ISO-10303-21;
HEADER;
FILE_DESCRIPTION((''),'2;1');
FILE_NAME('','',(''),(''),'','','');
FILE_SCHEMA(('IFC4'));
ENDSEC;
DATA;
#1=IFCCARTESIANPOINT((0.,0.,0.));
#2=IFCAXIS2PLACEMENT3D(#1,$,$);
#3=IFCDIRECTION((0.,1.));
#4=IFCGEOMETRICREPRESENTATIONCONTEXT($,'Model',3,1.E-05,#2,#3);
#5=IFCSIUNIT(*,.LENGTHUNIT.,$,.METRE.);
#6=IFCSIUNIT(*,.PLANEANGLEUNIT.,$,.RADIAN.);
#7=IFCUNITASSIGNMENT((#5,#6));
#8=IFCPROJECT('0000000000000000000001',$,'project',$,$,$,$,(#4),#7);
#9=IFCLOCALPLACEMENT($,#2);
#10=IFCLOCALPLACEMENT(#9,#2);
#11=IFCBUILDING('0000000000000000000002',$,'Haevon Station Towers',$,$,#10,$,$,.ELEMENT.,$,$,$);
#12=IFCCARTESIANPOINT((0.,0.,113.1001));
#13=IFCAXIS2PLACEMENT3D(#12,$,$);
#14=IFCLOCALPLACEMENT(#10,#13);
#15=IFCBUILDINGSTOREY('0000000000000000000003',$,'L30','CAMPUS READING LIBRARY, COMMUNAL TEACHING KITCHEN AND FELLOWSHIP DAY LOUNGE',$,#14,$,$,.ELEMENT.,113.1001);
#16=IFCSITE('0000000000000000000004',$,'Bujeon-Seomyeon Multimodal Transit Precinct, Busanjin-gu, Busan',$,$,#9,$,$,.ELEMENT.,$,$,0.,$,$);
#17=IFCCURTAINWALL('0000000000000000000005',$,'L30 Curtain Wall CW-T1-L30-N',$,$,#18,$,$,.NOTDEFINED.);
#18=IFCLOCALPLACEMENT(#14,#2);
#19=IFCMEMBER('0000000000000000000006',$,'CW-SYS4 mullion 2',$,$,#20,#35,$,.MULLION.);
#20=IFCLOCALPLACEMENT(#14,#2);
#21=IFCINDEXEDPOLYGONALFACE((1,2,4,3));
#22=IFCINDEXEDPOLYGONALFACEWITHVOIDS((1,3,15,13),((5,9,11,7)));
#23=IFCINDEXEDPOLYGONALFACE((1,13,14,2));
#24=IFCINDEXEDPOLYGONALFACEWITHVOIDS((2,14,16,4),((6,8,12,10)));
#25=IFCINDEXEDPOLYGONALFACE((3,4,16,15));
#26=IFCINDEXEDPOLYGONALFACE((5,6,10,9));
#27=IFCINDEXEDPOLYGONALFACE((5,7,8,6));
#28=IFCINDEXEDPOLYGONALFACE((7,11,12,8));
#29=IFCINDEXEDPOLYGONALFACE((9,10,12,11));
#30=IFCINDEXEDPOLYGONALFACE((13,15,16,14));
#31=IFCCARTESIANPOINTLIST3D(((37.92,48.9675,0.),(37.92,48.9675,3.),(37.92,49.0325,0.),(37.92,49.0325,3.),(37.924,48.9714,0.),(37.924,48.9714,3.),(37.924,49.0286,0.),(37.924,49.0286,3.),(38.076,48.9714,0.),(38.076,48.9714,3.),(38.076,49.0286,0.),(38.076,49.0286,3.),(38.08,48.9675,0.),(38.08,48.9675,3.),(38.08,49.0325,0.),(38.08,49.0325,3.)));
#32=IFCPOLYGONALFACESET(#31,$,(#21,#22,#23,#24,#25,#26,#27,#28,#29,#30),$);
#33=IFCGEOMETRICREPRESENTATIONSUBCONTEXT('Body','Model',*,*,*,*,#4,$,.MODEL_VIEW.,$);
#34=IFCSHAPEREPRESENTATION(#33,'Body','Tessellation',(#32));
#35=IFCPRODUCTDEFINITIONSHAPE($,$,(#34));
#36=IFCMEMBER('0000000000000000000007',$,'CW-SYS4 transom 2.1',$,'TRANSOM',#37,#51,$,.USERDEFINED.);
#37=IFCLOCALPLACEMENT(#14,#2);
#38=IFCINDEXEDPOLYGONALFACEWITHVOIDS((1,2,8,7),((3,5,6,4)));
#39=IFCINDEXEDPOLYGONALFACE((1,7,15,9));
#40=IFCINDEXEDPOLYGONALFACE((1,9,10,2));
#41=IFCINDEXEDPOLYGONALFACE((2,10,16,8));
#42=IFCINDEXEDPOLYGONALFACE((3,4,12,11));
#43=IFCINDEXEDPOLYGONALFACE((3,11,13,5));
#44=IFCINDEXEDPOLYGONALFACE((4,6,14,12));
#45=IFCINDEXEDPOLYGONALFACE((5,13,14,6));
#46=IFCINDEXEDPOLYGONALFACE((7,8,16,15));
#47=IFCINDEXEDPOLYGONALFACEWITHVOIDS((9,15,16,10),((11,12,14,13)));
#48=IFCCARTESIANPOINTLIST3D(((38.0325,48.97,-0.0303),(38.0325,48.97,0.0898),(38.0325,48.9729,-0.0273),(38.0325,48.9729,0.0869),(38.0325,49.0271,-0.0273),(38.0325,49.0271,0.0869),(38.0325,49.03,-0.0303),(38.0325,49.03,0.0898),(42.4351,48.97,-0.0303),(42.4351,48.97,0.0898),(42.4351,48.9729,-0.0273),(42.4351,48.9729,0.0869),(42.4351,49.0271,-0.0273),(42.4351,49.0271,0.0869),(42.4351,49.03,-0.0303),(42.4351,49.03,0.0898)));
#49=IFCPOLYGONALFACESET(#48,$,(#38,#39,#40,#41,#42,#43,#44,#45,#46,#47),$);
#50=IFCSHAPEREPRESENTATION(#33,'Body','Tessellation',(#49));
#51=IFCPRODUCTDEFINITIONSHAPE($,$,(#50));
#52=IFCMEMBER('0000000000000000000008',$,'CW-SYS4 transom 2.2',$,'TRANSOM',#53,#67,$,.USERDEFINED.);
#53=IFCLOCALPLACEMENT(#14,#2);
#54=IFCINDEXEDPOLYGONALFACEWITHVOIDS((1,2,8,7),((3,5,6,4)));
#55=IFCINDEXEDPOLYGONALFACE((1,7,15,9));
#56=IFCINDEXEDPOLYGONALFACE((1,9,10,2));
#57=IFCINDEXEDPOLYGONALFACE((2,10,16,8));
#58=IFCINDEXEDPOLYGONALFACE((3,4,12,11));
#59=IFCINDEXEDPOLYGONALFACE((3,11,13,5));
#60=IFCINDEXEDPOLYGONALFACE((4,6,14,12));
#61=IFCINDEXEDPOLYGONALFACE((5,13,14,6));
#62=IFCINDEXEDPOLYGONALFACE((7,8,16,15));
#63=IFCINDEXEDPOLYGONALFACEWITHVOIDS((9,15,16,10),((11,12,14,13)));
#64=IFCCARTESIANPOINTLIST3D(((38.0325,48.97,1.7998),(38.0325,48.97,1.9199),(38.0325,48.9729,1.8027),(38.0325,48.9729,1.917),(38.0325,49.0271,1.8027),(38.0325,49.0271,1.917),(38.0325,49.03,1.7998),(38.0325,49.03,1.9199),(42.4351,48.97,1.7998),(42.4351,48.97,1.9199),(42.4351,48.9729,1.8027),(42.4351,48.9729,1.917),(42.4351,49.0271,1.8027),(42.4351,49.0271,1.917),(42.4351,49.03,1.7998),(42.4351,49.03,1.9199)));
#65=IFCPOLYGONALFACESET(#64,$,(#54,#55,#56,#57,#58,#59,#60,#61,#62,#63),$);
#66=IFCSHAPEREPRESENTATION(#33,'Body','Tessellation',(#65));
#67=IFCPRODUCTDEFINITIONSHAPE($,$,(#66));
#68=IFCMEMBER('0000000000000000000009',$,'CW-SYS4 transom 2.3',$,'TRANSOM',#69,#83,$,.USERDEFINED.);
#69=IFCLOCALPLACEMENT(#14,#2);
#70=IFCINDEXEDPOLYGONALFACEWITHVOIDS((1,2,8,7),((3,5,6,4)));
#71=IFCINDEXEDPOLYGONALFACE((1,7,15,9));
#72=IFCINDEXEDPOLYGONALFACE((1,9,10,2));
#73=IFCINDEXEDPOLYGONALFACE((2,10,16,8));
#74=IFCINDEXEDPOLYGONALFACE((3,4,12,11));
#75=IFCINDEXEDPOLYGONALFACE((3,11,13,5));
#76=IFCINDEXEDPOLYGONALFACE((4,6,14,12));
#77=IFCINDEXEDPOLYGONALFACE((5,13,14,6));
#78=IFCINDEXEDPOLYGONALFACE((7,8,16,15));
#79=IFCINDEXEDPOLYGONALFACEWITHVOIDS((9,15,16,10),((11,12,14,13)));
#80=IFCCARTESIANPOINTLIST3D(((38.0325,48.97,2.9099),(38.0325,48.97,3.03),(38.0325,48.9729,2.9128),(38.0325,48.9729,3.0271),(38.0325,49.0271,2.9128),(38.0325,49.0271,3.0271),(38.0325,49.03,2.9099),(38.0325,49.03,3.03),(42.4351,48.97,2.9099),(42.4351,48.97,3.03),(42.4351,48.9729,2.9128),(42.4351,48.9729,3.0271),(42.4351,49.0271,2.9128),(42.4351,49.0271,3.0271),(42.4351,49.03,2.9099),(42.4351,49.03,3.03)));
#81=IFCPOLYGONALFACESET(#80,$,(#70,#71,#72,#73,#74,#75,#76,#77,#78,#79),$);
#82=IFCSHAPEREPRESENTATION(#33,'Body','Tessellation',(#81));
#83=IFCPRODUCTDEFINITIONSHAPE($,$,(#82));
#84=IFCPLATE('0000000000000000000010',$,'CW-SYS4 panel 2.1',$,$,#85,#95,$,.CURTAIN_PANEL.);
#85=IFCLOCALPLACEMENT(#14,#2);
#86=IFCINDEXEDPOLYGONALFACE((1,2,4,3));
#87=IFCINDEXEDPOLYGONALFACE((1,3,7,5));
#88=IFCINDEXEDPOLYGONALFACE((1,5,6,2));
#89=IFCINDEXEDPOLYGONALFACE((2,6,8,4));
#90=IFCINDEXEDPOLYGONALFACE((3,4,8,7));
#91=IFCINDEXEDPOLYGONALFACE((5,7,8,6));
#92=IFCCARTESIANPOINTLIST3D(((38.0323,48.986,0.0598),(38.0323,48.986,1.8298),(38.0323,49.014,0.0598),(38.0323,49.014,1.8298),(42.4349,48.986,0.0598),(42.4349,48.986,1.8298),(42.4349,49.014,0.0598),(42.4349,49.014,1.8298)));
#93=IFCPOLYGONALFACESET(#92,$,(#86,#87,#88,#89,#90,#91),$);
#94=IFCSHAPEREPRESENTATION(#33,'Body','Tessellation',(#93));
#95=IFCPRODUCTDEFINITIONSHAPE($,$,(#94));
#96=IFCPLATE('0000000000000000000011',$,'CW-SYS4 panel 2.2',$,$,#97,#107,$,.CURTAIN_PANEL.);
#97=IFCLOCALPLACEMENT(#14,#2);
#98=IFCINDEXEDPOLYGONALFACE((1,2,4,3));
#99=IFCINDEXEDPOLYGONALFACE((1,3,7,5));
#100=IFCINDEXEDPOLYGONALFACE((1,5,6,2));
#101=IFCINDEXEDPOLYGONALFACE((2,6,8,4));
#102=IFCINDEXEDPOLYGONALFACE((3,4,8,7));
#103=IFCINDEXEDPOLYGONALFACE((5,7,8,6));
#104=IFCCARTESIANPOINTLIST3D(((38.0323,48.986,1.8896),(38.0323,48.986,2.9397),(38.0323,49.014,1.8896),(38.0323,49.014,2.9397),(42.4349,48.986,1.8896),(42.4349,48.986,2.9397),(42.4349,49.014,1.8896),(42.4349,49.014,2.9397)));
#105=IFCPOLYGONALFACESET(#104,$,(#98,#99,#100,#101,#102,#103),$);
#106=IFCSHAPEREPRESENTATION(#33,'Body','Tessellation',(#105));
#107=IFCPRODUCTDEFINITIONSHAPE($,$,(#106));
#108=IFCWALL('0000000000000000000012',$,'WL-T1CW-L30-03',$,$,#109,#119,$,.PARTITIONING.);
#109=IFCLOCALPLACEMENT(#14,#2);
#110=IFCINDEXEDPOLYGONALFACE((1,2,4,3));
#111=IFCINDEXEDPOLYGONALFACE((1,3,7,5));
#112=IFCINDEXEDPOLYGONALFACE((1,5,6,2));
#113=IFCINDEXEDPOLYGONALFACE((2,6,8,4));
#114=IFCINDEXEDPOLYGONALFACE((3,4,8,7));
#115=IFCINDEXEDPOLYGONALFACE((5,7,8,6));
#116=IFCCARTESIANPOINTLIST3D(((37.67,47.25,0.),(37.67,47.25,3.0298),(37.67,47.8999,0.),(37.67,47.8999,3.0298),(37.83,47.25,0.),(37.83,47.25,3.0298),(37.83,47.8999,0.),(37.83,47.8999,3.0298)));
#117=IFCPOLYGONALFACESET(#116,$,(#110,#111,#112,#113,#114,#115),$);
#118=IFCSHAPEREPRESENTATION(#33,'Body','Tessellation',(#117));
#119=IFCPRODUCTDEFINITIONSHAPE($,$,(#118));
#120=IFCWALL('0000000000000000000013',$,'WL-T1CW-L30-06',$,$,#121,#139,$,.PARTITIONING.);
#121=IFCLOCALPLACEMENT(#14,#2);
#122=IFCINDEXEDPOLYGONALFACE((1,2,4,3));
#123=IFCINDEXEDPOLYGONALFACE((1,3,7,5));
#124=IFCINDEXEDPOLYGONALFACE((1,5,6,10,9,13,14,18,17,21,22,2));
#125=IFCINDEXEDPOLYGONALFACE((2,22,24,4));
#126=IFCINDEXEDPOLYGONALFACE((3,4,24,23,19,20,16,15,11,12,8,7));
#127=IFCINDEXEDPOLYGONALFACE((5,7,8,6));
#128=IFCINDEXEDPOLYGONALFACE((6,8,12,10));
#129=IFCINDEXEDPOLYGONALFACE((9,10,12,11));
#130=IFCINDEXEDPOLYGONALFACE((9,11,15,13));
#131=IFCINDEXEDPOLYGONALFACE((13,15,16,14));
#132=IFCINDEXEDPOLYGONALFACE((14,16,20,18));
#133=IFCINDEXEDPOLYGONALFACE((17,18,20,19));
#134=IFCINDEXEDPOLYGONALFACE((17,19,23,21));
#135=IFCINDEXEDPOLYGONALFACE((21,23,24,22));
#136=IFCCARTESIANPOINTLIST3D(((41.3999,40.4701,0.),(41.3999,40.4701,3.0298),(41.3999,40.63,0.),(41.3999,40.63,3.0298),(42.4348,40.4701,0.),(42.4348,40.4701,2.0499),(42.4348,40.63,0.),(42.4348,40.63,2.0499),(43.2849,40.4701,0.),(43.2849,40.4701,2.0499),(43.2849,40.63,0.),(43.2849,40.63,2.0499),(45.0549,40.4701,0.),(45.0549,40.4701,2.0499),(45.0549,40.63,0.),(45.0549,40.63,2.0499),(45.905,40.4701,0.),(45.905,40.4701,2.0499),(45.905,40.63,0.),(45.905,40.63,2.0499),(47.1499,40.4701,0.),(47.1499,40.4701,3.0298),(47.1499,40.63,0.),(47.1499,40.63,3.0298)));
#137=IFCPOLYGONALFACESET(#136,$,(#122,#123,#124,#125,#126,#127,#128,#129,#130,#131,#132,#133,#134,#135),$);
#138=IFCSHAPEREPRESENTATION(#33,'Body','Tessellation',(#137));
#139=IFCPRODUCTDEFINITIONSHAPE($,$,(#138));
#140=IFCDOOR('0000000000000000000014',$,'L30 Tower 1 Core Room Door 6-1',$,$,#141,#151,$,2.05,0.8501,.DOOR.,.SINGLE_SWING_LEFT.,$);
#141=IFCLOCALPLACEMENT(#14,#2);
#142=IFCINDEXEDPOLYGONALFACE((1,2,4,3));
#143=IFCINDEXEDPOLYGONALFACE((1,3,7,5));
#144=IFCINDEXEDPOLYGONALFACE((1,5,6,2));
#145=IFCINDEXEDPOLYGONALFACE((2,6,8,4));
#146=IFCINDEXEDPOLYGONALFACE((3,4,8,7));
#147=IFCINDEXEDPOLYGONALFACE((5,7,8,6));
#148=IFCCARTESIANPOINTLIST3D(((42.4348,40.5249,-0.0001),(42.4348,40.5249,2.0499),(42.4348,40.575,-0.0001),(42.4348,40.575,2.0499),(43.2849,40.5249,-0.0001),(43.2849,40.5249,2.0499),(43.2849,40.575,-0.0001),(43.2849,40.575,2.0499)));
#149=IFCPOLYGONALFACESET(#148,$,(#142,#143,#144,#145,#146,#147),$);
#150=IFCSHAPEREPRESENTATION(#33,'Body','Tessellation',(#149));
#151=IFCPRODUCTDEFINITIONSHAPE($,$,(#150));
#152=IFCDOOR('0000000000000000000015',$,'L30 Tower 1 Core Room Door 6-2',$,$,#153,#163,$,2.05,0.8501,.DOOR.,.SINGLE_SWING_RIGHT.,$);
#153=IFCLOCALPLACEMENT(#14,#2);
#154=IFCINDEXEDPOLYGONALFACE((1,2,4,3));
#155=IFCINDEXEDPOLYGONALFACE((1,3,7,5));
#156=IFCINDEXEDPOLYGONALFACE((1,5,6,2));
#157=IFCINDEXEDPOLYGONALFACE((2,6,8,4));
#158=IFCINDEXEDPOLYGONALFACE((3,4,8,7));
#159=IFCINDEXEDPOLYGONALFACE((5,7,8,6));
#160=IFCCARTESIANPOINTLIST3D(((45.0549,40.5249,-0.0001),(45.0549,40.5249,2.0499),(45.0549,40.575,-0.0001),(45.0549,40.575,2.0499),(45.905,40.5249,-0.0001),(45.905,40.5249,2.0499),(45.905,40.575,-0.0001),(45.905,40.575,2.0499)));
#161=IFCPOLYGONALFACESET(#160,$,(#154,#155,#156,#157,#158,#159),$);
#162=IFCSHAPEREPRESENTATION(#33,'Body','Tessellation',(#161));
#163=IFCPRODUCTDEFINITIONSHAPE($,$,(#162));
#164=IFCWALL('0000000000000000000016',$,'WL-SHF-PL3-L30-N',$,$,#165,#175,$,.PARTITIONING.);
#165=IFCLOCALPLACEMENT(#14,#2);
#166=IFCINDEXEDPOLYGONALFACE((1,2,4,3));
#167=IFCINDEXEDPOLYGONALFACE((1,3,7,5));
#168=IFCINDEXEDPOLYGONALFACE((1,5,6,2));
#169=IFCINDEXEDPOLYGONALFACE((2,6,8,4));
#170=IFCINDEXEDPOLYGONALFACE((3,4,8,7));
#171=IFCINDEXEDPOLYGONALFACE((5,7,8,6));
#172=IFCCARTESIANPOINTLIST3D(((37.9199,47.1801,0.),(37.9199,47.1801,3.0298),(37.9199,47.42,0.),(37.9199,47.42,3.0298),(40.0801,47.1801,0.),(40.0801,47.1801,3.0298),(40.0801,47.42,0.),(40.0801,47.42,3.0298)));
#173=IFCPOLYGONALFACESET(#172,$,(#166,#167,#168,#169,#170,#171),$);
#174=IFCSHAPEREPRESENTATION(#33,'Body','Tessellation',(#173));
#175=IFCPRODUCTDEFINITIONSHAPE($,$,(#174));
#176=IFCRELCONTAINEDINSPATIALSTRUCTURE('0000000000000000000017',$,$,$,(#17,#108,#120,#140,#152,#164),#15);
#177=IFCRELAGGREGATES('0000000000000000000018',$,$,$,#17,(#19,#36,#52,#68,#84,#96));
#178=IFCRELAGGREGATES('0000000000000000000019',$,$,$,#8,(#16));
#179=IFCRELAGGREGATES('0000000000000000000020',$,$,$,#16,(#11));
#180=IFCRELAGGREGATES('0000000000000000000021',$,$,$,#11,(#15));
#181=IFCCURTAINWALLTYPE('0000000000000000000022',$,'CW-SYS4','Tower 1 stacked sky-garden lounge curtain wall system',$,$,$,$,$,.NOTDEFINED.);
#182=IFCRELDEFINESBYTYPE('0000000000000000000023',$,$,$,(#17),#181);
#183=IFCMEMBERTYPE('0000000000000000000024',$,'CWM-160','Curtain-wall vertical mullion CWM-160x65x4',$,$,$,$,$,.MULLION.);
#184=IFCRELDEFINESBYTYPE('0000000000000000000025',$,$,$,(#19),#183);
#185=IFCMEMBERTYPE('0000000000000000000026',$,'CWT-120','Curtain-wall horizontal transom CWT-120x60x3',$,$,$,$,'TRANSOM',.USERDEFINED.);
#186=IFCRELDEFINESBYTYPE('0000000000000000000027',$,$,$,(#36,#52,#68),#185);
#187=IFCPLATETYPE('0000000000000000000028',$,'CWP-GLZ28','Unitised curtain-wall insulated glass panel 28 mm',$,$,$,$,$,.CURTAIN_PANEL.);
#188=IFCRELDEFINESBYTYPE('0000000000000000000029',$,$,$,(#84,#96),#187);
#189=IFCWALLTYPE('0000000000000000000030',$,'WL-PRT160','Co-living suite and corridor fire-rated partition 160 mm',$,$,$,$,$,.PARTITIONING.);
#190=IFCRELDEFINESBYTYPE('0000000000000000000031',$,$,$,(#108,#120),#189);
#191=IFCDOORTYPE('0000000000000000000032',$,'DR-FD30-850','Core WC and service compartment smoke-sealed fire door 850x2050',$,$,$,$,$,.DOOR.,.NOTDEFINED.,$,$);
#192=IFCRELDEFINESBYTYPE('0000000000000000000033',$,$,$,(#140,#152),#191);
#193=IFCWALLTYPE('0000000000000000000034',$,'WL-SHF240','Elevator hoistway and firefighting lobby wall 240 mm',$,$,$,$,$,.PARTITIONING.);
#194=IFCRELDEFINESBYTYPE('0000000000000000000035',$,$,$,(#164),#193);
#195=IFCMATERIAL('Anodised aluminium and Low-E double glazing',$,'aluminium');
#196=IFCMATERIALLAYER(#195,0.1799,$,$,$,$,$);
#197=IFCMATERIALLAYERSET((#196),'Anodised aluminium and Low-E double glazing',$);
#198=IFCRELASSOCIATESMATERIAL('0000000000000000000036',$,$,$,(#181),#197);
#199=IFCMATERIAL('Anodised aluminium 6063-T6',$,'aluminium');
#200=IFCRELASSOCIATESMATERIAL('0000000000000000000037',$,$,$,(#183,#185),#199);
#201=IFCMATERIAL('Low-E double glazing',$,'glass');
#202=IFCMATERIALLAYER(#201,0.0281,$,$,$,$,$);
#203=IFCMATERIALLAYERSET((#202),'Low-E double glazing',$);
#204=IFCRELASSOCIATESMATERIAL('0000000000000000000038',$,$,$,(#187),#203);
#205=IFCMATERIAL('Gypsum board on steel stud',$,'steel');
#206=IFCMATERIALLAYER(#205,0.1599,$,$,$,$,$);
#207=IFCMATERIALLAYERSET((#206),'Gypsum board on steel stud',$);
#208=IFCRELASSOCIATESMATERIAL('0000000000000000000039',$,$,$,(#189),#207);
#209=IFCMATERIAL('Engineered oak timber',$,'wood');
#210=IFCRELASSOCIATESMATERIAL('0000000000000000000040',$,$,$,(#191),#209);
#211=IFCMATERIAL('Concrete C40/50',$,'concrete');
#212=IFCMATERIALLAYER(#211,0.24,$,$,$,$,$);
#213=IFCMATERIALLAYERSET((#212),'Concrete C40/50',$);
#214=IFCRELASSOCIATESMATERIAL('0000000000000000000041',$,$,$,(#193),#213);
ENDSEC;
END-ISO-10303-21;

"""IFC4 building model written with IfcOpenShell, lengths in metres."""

from ifc_helpers import new_model, si_unit, direction, frame, frame_2d, origin, origin_2d, place, context, subcontext, project, spatial, rectangle, hollow_rectangle, extrude, material, layer, layer_set, material_profile, profile_set, type_object, element, fill, aggregate, save


model = new_model("IFC4")

# Units and contexts
model_context = context("Model", 3, precision=1e-05, world=origin(), true_north=direction((0.0, 1.0)))
body_context = subcontext(model_context, "Body", "Model", "MODEL_VIEW")
ifc_project = project(units=[si_unit("LENGTHUNIT", "METRE"), si_unit("PLANEANGLEUNIT", "RADIAN")], contexts=[model_context])

# Site, building, storey
site_placement = place(None, origin())
site = spatial("IfcSite", under=ifc_project, at=site_placement, Name="Bujeon-Seomyeon Multimodal Transit Precinct, Busanjin-gu, Busan", CompositionType="ELEMENT", RefElevation=0.0)
building_placement = place(site_placement, origin())
building = spatial("IfcBuilding", under=site, at=building_placement, Name="Haevon Station Towers", CompositionType="ELEMENT")
storey_placement = place(building_placement, frame((0.0, 0.0, 113.1001)))
storey = spatial("IfcBuildingStorey", under=building, at=storey_placement, Name="L30", Description="CAMPUS READING LIBRARY, COMMUNAL TEACHING KITCHEN AND FELLOWSHIP DAY LOUNGE", CompositionType="ELEMENT", Elevation=113.1001)

# Curtain wall, members, plates
ifc_material_1 = material(Name="Anodised aluminium and Low-E double glazing", Category="aluminium")
ifc_layer_1 = layer(ifc_material_1, 0.1799)
ifc_layer_set_1 = layer_set([ifc_layer_1], Name="Anodised aluminium and Low-E double glazing")
curtain_wall_type = type_object("IfcCurtainWallType", Name="CW-SYS4", Description="Tower 1 stacked sky-garden lounge curtain wall system", PredefinedType="NOTDEFINED", material=ifc_layer_set_1)
curtain_wall_placement = place(storey_placement, origin())
curtain_wall = element("IfcCurtainWall", 1, at=curtain_wall_placement, inside=storey, type_object=curtain_wall_type, Name="L30 Curtain Wall CW-T1-L30-N", PredefinedType="NOTDEFINED")
ifc_material_2 = material(Name="Anodised aluminium 6063-T6", Category="aluminium")
ifc_material_profile_1 = material_profile(ifc_material_2, hollow_rectangle(XDim=0.0649, YDim=0.1599, WallThickness=0.0039, at=origin_2d()), Name="CWM-160x65x4")
ifc_profile_set_1 = profile_set([ifc_material_profile_1], Name="Anodised aluminium 6063-T6")
member_type_1 = type_object("IfcMemberType", Name="CWM-160", Description="Curtain-wall vertical mullion CWM-160x65x4", PredefinedType="MULLION", material=ifc_profile_set_1)
member_1_placement = place(storey_placement, frame((38.0, 49.0, 0.0), z_axis=(0.0, 0.0, 1.0), x_axis=(0.0, 1.0, 0.0)))
member_1 = element("IfcMember", 2, at=member_1_placement, type_object=member_type_1, Name="CW-SYS4 mullion 2", PredefinedType="MULLION", context=body_context, shape_type="SweptSolid", body=[
    extrude(hollow_rectangle(XDim=0.0649, YDim=0.1599, WallThickness=0.0039, at=origin_2d()), origin(), (0.0, 0.0, 1.0), 3.0),
])
ifc_material_profile_2 = material_profile(ifc_material_2, hollow_rectangle(XDim=0.0601, YDim=0.1201, WallThickness=0.0029, at=origin_2d()), Name="CWT-120x60x3")
ifc_profile_set_2 = profile_set([ifc_material_profile_2], Name="Anodised aluminium 6063-T6")
member_type_2 = type_object("IfcMemberType", Name="CWT-120", Description="Curtain-wall horizontal transom CWT-120x60x3", ElementType="TRANSOM", PredefinedType="USERDEFINED", material=ifc_profile_set_2)
member_2_placement = place(storey_placement, frame((38.0325, 49.0, 0.0298), z_axis=(1.0, 0.0, 0.0), x_axis=(0.0, 1.0, 0.0)))
member_2 = element("IfcMember", 3, at=member_2_placement, type_object=member_type_2, Name="CW-SYS4 transom 2.1", ObjectType="TRANSOM", PredefinedType="USERDEFINED", context=body_context, shape_type="SweptSolid", body=[
    extrude(hollow_rectangle(XDim=0.0601, YDim=0.1201, WallThickness=0.0029, at=origin_2d()), origin(), (0.0, 0.0, 1.0), 4.4026),
])
member_3_placement = place(storey_placement, frame((38.0325, 49.0, 1.8599), z_axis=(1.0, 0.0, 0.0), x_axis=(0.0, 1.0, 0.0)))
member_3 = element("IfcMember", 4, at=member_3_placement, type_object=member_type_2, Name="CW-SYS4 transom 2.2", ObjectType="TRANSOM", PredefinedType="USERDEFINED", context=body_context, shape_type="SweptSolid", body=[
    extrude(hollow_rectangle(XDim=0.0601, YDim=0.1201, WallThickness=0.0029, at=origin_2d()), origin(), (0.0, 0.0, 1.0), 4.4026),
])
member_4_placement = place(storey_placement, frame((38.0325, 49.0, 2.97), z_axis=(1.0, 0.0, 0.0), x_axis=(0.0, 1.0, 0.0)))
member_4 = element("IfcMember", 5, at=member_4_placement, type_object=member_type_2, Name="CW-SYS4 transom 2.3", ObjectType="TRANSOM", PredefinedType="USERDEFINED", context=body_context, shape_type="SweptSolid", body=[
    extrude(hollow_rectangle(XDim=0.0601, YDim=0.1201, WallThickness=0.0029, at=origin_2d()), origin(), (0.0, 0.0, 1.0), 4.4026),
])
ifc_material_3 = material(Name="Low-E double glazing", Category="glass")
ifc_layer_2 = layer(ifc_material_3, 0.0281)
ifc_layer_set_2 = layer_set([ifc_layer_2], Name="Low-E double glazing")
plate_type = type_object("IfcPlateType", Name="CWP-GLZ28", Description="Unitised curtain-wall insulated glass panel 28 mm", PredefinedType="CURTAIN_PANEL", material=ifc_layer_set_2)
plate_1_placement = place(storey_placement, frame((40.2336, 49.0, 0.0598), z_axis=(0.0, 0.0, 1.0), x_axis=(1.0, 0.0, 0.0)))
plate_1 = element("IfcPlate", 6, at=plate_1_placement, type_object=plate_type, Name="CW-SYS4 panel 2.1", PredefinedType="CURTAIN_PANEL", context=body_context, shape_type="SweptSolid", body=[
    extrude(rectangle(XDim=4.4026, YDim=0.0281, at=origin_2d()), origin(), (0.0, 0.0, 1.0), 1.77),
])
plate_2_placement = place(storey_placement, frame((40.2336, 49.0, 1.8896), z_axis=(0.0, 0.0, 1.0), x_axis=(1.0, 0.0, 0.0)))
plate_2 = element("IfcPlate", 7, at=plate_2_placement, type_object=plate_type, Name="CW-SYS4 panel 2.2", PredefinedType="CURTAIN_PANEL", context=body_context, shape_type="SweptSolid", body=[
    extrude(rectangle(XDim=4.4026, YDim=0.0281, at=origin_2d()), origin(), (0.0, 0.0, 1.0), 1.05),
])
aggregate(curtain_wall, [member_1, member_2, member_3, member_4, plate_1, plate_2])

# Wall
ifc_material_4 = material(Name="Gypsum board on steel stud", Category="steel")
ifc_layer_3 = layer(ifc_material_4, 0.1599)
ifc_layer_set_3 = layer_set([ifc_layer_3], Name="Gypsum board on steel stud")
wall_type_1 = type_object("IfcWallType", Name="WL-PRT160", Description="Co-living suite and corridor fire-rated partition 160 mm", PredefinedType="PARTITIONING", material=ifc_layer_set_3)
wall_1_placement = place(storey_placement, frame((37.75, 47.25, 0.0), z_axis=(0.0, 0.0, 1.0), x_axis=(0.0, 1.0, 0.0)))
element("IfcWall", 8, at=wall_1_placement, inside=storey, type_object=wall_type_1, Name="WL-T1CW-L30-03", PredefinedType="PARTITIONING", context=body_context, shape_type="SweptSolid", body=[
    extrude(rectangle(XDim=0.6499, YDim=0.1599, at=frame_2d((0.325, 0.0))), origin(), (0.0, 0.0, 1.0), 3.0298),
])

# Wall, openings, doors
wall_2_placement = place(storey_placement, frame((41.3999, 40.55, 0.0), z_axis=(0.0, 0.0, 1.0), x_axis=(1.0, 0.0, 0.0)))
wall_2 = element("IfcWall", 9, at=wall_2_placement, inside=storey, type_object=wall_type_1, Name="WL-T1CW-L30-06", PredefinedType="PARTITIONING", context=body_context, shape_type="SweptSolid", body=[
    extrude(rectangle(XDim=5.75, YDim=0.1599, at=frame_2d((2.875, 0.0))), origin(), (0.0, 0.0, 1.0), 3.0298),
])
opening_1_placement = place(wall_2_placement, frame((1.0349, 0.0, 0.0)))
opening_1 = element("IfcOpeningElement", 10, at=opening_1_placement, cuts=wall_2, PredefinedType="OPENING", context=body_context, shape_type="SweptSolid", body=[
    extrude(rectangle(XDim=0.8501, YDim=2.05, at=frame_2d((0.425, 1.0249))), frame((0.0, 0.0898, 0.0), z_axis=(0.0, -1.0, 0.0), x_axis=(1.0, 0.0, 0.0)), (0.0, 0.0, 1.0), 0.1799),
])
opening_2_placement = place(wall_2_placement, frame((3.655, 0.0, 0.0)))
opening_2 = element("IfcOpeningElement", 11, at=opening_2_placement, cuts=wall_2, PredefinedType="OPENING", context=body_context, shape_type="SweptSolid", body=[
    extrude(rectangle(XDim=0.8501, YDim=2.05, at=frame_2d((0.425, 1.0249))), frame((0.0, 0.0898, 0.0), z_axis=(0.0, -1.0, 0.0), x_axis=(1.0, 0.0, 0.0)), (0.0, 0.0, 1.0), 0.1799),
])
ifc_material_5 = material(Name="Engineered oak timber", Category="wood")
door_type_1 = type_object("IfcDoorType", Name="DR-FD30-850", Description="Core WC and service compartment smoke-sealed fire door 850x2050", OperationType="NOTDEFINED", PredefinedType="DOOR", material=ifc_material_5)
door_1_placement = place(opening_1_placement, origin())
door_1 = element("IfcDoor", 12, at=door_1_placement, inside=storey, type_object=door_type_1, Name="L30 Tower 1 Core Room Door 6-1", OperationType="SINGLE_SWING_LEFT", OverallHeight=2.05, OverallWidth=0.8501, PredefinedType="DOOR", context=body_context, shape_type="SweptSolid", body=[
    extrude(rectangle(XDim=0.8501, YDim=2.05, at=frame_2d((0.425, 1.0249))), frame((0.0, 0.0249, 0.0), z_axis=(0.0, -1.0, 0.0), x_axis=(1.0, 0.0, 0.0)), (0.0, 0.0, 1.0), 0.05),
])
fill(opening_1, door_1)
door_2_placement = place(opening_2_placement, origin())
door_2 = element("IfcDoor", 13, at=door_2_placement, inside=storey, type_object=door_type_1, Name="L30 Tower 1 Core Room Door 6-2", OperationType="SINGLE_SWING_RIGHT", OverallHeight=2.05, OverallWidth=0.8501, PredefinedType="DOOR", context=body_context, shape_type="SweptSolid", body=[
    extrude(rectangle(XDim=0.8501, YDim=2.05, at=frame_2d((0.425, 1.0249))), frame((0.0, 0.0249, 0.0), z_axis=(0.0, -1.0, 0.0), x_axis=(1.0, 0.0, 0.0)), (0.0, 0.0, 1.0), 0.05),
])
fill(opening_2, door_2)

# Shared definitions
ifc_material_6 = material(Name="Concrete C40/50", Category="concrete")
ifc_layer_4 = layer(ifc_material_6, 0.24)
ifc_layer_set_4 = layer_set([ifc_layer_4], Name="Concrete C40/50")
wall_type_2 = type_object("IfcWallType", Name="WL-SHF240", Description="Elevator hoistway and firefighting lobby wall 240 mm", PredefinedType="PARTITIONING", material=ifc_layer_set_4)

# Wall
wall_3_placement = place(storey_placement, frame((37.9199, 47.3, 0.0), z_axis=(0.0, 0.0, 1.0), x_axis=(1.0, 0.0, 0.0)))
element("IfcWall", 14, at=wall_3_placement, inside=storey, type_object=wall_type_2, Name="WL-SHF-PL3-L30-N", PredefinedType="PARTITIONING", context=body_context, shape_type="SweptSolid", body=[
    extrude(rectangle(XDim=2.1602, YDim=0.24, at=frame_2d((1.0801, 0.0))), origin(), (0.0, 0.0, 1.0), 3.0298),
])

save(model, "model.ifc")
